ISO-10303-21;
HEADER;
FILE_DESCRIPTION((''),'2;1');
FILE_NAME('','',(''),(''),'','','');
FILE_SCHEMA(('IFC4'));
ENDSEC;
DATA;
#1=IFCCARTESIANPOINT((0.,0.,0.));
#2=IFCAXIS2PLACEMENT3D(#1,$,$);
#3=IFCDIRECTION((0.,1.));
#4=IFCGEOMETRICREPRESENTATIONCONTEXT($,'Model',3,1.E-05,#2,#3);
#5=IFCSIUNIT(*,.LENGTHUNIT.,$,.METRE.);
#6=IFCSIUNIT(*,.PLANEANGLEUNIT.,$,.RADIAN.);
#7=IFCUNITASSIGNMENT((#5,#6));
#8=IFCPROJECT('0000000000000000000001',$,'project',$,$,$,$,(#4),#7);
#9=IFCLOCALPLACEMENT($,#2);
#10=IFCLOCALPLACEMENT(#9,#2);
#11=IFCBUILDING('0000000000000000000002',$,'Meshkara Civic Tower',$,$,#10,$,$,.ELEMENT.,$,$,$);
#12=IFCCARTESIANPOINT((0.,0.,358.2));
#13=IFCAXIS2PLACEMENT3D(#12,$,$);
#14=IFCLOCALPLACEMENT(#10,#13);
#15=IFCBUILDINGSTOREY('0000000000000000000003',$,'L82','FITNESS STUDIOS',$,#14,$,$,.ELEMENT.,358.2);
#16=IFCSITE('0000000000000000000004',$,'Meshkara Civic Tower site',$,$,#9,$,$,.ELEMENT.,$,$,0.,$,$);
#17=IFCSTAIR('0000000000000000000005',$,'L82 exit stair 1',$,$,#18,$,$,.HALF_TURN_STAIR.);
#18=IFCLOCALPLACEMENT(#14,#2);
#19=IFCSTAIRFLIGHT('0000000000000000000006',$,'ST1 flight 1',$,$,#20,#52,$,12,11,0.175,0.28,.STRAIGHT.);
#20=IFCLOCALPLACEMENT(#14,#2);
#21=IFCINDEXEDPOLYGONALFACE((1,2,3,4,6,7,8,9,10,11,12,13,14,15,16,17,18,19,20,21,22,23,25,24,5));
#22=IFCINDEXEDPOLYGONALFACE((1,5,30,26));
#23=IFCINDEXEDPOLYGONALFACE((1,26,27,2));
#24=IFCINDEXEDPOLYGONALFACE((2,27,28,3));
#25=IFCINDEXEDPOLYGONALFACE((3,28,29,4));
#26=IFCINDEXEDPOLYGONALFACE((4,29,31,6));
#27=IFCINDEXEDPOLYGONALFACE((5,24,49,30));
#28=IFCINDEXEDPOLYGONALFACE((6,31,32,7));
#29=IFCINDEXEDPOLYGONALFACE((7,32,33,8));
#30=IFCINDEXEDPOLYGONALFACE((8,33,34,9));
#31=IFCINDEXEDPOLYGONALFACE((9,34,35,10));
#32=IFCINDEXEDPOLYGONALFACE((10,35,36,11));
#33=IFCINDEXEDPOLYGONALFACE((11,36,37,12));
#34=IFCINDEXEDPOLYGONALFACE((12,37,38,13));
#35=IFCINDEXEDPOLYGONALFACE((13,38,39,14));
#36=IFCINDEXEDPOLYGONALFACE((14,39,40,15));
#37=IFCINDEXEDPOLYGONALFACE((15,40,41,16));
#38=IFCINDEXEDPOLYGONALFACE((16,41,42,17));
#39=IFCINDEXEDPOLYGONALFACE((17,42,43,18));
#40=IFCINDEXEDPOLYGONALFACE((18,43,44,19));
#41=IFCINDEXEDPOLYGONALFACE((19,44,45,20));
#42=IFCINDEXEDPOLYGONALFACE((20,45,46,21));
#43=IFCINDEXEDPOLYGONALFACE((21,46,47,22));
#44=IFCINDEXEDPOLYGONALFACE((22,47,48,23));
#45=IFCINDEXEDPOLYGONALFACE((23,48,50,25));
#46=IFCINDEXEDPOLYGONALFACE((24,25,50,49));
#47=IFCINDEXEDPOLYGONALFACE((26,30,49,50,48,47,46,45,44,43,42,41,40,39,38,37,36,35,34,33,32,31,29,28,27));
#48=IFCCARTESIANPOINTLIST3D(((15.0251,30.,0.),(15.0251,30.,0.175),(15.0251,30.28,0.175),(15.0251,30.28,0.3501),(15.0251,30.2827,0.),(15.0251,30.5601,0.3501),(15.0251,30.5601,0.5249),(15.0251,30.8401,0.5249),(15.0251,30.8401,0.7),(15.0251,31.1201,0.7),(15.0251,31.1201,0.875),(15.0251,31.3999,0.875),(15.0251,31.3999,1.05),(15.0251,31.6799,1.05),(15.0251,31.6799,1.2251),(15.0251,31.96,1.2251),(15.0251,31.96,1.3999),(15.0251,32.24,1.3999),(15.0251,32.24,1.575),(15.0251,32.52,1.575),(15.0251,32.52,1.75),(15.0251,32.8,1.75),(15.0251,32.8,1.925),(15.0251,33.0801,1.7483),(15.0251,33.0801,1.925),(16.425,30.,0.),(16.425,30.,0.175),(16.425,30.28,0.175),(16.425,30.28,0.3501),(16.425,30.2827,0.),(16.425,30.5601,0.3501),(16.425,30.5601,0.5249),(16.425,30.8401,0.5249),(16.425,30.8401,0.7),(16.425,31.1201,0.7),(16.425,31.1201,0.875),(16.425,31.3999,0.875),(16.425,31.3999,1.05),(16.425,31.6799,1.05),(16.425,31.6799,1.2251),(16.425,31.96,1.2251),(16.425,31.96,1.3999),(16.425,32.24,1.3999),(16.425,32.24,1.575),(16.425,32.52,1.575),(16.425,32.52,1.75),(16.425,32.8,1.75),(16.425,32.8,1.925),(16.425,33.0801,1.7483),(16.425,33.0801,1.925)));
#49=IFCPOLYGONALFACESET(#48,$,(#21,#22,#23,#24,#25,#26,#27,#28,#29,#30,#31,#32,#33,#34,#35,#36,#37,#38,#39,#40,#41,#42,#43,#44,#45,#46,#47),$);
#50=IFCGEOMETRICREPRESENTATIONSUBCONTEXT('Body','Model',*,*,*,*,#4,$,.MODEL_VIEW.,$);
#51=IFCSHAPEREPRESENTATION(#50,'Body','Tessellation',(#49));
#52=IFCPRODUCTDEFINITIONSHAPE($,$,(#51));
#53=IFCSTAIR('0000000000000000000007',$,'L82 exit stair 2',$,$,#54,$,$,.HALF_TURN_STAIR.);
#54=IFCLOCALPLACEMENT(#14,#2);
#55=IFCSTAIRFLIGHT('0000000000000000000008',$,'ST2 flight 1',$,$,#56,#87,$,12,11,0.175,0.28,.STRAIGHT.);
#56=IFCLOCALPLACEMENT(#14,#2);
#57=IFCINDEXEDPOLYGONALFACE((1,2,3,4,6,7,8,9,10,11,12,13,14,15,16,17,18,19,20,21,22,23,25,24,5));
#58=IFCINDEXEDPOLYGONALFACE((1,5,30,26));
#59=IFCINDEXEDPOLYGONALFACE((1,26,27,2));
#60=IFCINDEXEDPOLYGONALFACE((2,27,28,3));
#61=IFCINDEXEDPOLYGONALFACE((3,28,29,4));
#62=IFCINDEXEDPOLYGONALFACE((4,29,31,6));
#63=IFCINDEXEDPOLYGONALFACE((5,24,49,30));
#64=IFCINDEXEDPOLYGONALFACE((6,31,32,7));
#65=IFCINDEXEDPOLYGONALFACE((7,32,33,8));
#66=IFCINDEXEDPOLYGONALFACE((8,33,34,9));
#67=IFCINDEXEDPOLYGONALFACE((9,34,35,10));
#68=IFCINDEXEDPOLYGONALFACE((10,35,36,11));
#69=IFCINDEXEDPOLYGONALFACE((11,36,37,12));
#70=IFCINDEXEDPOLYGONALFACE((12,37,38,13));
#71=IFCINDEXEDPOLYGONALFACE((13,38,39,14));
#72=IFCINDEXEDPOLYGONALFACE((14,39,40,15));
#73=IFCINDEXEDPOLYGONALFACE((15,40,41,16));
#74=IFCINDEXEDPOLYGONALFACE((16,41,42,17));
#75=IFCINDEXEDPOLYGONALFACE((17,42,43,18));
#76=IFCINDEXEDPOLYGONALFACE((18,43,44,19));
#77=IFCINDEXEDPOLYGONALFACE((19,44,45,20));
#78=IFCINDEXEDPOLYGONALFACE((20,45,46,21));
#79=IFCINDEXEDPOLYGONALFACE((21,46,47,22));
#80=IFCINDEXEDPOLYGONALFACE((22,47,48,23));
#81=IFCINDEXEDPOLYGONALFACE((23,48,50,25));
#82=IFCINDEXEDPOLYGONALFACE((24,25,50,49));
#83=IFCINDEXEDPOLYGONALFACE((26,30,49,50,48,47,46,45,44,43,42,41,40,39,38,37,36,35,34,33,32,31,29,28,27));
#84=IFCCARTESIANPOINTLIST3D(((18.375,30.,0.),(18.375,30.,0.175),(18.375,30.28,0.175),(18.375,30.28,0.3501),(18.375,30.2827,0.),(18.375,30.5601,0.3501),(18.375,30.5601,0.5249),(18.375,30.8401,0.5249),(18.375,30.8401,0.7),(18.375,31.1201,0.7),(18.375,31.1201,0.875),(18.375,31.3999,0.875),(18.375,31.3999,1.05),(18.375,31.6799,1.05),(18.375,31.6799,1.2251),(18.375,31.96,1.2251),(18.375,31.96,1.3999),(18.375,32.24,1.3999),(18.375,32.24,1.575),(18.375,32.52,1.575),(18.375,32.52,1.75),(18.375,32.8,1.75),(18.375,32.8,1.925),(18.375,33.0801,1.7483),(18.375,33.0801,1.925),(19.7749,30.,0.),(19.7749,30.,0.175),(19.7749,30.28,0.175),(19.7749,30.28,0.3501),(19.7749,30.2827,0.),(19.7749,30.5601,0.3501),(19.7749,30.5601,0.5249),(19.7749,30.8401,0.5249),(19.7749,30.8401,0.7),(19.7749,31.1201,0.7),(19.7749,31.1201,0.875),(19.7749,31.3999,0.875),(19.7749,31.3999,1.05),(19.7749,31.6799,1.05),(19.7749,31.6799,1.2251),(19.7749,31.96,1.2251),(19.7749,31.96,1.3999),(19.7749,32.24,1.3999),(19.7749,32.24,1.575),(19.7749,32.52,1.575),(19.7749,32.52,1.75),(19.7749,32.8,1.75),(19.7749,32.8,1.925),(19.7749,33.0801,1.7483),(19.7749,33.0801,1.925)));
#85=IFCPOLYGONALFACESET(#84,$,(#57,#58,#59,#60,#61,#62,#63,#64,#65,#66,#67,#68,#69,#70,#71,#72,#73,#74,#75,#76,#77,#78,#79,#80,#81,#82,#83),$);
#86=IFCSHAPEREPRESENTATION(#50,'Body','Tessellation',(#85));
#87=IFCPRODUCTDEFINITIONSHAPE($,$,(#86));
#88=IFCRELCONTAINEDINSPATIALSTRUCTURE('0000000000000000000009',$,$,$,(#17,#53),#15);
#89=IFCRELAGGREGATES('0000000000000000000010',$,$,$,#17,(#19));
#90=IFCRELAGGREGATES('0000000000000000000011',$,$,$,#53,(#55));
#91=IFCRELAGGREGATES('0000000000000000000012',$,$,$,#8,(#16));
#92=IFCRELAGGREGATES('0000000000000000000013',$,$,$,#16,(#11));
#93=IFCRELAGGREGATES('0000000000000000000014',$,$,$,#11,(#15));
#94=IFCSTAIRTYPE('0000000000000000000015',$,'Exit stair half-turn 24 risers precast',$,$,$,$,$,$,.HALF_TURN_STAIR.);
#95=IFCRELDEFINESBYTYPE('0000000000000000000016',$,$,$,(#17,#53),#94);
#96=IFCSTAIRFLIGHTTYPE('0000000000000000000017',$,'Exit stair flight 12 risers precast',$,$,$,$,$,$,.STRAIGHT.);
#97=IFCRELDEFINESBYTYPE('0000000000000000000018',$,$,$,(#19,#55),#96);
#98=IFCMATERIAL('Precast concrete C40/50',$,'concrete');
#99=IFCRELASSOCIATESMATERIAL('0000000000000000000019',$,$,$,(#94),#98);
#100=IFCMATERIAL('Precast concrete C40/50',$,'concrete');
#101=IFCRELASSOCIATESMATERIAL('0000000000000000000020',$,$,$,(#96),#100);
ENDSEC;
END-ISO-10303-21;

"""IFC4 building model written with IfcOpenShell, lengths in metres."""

from ifc_helpers import new_model, si_unit, direction, frame, origin, place, context, subcontext, project, spatial, polyline, outline, extrude, material, type_object, element, aggregate, save


model = new_model("IFC4")

# Units and contexts
model_context = context("Model", 3, precision=1e-05, world=origin(), true_north=direction((0.0, 1.0)))
body_context = subcontext(model_context, "Body", "Model", "MODEL_VIEW")
ifc_project = project(units=[si_unit("LENGTHUNIT", "METRE"), si_unit("PLANEANGLEUNIT", "RADIAN")], contexts=[model_context])

# Site, building, storey
site_placement = place(None, origin())
site = spatial("IfcSite", under=ifc_project, at=site_placement, Name="Meshkara Civic Tower site", CompositionType="ELEMENT", RefElevation=0.0)
building_placement = place(site_placement, origin())
building = spatial("IfcBuilding", under=site, at=building_placement, Name="Meshkara Civic Tower", CompositionType="ELEMENT")
storey_placement = place(building_placement, frame((0.0, 0.0, 358.2)))
storey = spatial("IfcBuildingStorey", under=building, at=storey_placement, Name="L82", Description="FITNESS STUDIOS", CompositionType="ELEMENT", Elevation=358.2)

# Stairs, stair flights
ifc_material_1 = material(Name="Precast concrete C40/50", Category="concrete")
stair_type = type_object("IfcStairType", Name="Exit stair half-turn 24 risers precast", PredefinedType="HALF_TURN_STAIR", material=ifc_material_1)
stair_1_placement = place(storey_placement, origin())
stair_1 = element("IfcStair", 1, at=stair_1_placement, inside=storey, type_object=stair_type, Name="L82 exit stair 1", PredefinedType="HALF_TURN_STAIR")
ifc_material_2 = material(Name="Precast concrete C40/50", Category="concrete")
stair_flight_type = type_object("IfcStairFlightType", Name="Exit stair flight 12 risers precast", PredefinedType="STRAIGHT", material=ifc_material_2)
stair_flight_1_placement = place(storey_placement, frame((15.7251, 30.0, 0.0), z_axis=(0.0, 0.0, 1.0), x_axis=(0.0, 1.0, 0.0)))
stair_flight_1 = element("IfcStairFlight", 2, at=stair_flight_1_placement, type_object=stair_flight_type, Name="ST1 flight 1", NumberOfRisers=12, NumberOfTreads=11, PredefinedType="STRAIGHT", RiserHeight=0.175, TreadLength=0.28, context=body_context, shape_type="SweptSolid", body=[
    extrude(outline(polyline([(0.0, 0.0), (0.0, 0.175), (0.28, 0.175), (0.28, 0.3501), (0.5601, 0.3501), (0.5601, 0.5249), (0.8401, 0.5249), (0.8401, 0.7), (1.1201, 0.7), (1.1201, 0.875), (1.3999, 0.875), (1.3999, 1.05), (1.6799, 1.05), (1.6799, 1.2251), (1.96, 1.2251), (1.96, 1.3999), (2.24, 1.3999), (2.24, 1.575), (2.52, 1.575), (2.52, 1.75), (2.8, 1.75), (2.8, 1.925), (3.0801, 1.925), (3.0801, 2.1001), (3.0801, 1.7483), (0.2827, 0.0), (0.0, 0.0)])), frame((0.0, 0.7, 0.0), z_axis=(0.0, -1.0, 0.0), x_axis=(1.0, 0.0, 0.0)), (0.0, 0.0, 1.0), 1.3999),
])
aggregate(stair_1, [stair_flight_1])
stair_2_placement = place(storey_placement, origin())
stair_2 = element("IfcStair", 3, at=stair_2_placement, inside=storey, type_object=stair_type, Name="L82 exit stair 2", PredefinedType="HALF_TURN_STAIR")
stair_flight_2_placement = place(storey_placement, frame((19.075, 30.0, 0.0), z_axis=(0.0, 0.0, 1.0), x_axis=(0.0, 1.0, 0.0)))
stair_flight_2 = element("IfcStairFlight", 4, at=stair_flight_2_placement, type_object=stair_flight_type, Name="ST2 flight 1", NumberOfRisers=12, NumberOfTreads=11, PredefinedType="STRAIGHT", RiserHeight=0.175, TreadLength=0.28, context=body_context, shape_type="SweptSolid", body=[
    extrude(outline(polyline([(0.0, 0.0), (0.0, 0.175), (0.28, 0.175), (0.28, 0.3501), (0.5601, 0.3501), (0.5601, 0.5249), (0.8401, 0.5249), (0.8401, 0.7), (1.1201, 0.7), (1.1201, 0.875), (1.3999, 0.875), (1.3999, 1.05), (1.6799, 1.05), (1.6799, 1.2251), (1.96, 1.2251), (1.96, 1.3999), (2.24, 1.3999), (2.24, 1.575), (2.52, 1.575), (2.52, 1.75), (2.8, 1.75), (2.8, 1.925), (3.0801, 1.925), (3.0801, 2.1001), (3.0801, 1.7483), (0.2827, 0.0), (0.0, 0.0)])), frame((0.0, 0.7, 0.0), z_axis=(0.0, -1.0, 0.0), x_axis=(1.0, 0.0, 0.0)), (0.0, 0.0, 1.0), 1.3999),
])
aggregate(stair_2, [stair_flight_2])

save(model, "model.ifc")
